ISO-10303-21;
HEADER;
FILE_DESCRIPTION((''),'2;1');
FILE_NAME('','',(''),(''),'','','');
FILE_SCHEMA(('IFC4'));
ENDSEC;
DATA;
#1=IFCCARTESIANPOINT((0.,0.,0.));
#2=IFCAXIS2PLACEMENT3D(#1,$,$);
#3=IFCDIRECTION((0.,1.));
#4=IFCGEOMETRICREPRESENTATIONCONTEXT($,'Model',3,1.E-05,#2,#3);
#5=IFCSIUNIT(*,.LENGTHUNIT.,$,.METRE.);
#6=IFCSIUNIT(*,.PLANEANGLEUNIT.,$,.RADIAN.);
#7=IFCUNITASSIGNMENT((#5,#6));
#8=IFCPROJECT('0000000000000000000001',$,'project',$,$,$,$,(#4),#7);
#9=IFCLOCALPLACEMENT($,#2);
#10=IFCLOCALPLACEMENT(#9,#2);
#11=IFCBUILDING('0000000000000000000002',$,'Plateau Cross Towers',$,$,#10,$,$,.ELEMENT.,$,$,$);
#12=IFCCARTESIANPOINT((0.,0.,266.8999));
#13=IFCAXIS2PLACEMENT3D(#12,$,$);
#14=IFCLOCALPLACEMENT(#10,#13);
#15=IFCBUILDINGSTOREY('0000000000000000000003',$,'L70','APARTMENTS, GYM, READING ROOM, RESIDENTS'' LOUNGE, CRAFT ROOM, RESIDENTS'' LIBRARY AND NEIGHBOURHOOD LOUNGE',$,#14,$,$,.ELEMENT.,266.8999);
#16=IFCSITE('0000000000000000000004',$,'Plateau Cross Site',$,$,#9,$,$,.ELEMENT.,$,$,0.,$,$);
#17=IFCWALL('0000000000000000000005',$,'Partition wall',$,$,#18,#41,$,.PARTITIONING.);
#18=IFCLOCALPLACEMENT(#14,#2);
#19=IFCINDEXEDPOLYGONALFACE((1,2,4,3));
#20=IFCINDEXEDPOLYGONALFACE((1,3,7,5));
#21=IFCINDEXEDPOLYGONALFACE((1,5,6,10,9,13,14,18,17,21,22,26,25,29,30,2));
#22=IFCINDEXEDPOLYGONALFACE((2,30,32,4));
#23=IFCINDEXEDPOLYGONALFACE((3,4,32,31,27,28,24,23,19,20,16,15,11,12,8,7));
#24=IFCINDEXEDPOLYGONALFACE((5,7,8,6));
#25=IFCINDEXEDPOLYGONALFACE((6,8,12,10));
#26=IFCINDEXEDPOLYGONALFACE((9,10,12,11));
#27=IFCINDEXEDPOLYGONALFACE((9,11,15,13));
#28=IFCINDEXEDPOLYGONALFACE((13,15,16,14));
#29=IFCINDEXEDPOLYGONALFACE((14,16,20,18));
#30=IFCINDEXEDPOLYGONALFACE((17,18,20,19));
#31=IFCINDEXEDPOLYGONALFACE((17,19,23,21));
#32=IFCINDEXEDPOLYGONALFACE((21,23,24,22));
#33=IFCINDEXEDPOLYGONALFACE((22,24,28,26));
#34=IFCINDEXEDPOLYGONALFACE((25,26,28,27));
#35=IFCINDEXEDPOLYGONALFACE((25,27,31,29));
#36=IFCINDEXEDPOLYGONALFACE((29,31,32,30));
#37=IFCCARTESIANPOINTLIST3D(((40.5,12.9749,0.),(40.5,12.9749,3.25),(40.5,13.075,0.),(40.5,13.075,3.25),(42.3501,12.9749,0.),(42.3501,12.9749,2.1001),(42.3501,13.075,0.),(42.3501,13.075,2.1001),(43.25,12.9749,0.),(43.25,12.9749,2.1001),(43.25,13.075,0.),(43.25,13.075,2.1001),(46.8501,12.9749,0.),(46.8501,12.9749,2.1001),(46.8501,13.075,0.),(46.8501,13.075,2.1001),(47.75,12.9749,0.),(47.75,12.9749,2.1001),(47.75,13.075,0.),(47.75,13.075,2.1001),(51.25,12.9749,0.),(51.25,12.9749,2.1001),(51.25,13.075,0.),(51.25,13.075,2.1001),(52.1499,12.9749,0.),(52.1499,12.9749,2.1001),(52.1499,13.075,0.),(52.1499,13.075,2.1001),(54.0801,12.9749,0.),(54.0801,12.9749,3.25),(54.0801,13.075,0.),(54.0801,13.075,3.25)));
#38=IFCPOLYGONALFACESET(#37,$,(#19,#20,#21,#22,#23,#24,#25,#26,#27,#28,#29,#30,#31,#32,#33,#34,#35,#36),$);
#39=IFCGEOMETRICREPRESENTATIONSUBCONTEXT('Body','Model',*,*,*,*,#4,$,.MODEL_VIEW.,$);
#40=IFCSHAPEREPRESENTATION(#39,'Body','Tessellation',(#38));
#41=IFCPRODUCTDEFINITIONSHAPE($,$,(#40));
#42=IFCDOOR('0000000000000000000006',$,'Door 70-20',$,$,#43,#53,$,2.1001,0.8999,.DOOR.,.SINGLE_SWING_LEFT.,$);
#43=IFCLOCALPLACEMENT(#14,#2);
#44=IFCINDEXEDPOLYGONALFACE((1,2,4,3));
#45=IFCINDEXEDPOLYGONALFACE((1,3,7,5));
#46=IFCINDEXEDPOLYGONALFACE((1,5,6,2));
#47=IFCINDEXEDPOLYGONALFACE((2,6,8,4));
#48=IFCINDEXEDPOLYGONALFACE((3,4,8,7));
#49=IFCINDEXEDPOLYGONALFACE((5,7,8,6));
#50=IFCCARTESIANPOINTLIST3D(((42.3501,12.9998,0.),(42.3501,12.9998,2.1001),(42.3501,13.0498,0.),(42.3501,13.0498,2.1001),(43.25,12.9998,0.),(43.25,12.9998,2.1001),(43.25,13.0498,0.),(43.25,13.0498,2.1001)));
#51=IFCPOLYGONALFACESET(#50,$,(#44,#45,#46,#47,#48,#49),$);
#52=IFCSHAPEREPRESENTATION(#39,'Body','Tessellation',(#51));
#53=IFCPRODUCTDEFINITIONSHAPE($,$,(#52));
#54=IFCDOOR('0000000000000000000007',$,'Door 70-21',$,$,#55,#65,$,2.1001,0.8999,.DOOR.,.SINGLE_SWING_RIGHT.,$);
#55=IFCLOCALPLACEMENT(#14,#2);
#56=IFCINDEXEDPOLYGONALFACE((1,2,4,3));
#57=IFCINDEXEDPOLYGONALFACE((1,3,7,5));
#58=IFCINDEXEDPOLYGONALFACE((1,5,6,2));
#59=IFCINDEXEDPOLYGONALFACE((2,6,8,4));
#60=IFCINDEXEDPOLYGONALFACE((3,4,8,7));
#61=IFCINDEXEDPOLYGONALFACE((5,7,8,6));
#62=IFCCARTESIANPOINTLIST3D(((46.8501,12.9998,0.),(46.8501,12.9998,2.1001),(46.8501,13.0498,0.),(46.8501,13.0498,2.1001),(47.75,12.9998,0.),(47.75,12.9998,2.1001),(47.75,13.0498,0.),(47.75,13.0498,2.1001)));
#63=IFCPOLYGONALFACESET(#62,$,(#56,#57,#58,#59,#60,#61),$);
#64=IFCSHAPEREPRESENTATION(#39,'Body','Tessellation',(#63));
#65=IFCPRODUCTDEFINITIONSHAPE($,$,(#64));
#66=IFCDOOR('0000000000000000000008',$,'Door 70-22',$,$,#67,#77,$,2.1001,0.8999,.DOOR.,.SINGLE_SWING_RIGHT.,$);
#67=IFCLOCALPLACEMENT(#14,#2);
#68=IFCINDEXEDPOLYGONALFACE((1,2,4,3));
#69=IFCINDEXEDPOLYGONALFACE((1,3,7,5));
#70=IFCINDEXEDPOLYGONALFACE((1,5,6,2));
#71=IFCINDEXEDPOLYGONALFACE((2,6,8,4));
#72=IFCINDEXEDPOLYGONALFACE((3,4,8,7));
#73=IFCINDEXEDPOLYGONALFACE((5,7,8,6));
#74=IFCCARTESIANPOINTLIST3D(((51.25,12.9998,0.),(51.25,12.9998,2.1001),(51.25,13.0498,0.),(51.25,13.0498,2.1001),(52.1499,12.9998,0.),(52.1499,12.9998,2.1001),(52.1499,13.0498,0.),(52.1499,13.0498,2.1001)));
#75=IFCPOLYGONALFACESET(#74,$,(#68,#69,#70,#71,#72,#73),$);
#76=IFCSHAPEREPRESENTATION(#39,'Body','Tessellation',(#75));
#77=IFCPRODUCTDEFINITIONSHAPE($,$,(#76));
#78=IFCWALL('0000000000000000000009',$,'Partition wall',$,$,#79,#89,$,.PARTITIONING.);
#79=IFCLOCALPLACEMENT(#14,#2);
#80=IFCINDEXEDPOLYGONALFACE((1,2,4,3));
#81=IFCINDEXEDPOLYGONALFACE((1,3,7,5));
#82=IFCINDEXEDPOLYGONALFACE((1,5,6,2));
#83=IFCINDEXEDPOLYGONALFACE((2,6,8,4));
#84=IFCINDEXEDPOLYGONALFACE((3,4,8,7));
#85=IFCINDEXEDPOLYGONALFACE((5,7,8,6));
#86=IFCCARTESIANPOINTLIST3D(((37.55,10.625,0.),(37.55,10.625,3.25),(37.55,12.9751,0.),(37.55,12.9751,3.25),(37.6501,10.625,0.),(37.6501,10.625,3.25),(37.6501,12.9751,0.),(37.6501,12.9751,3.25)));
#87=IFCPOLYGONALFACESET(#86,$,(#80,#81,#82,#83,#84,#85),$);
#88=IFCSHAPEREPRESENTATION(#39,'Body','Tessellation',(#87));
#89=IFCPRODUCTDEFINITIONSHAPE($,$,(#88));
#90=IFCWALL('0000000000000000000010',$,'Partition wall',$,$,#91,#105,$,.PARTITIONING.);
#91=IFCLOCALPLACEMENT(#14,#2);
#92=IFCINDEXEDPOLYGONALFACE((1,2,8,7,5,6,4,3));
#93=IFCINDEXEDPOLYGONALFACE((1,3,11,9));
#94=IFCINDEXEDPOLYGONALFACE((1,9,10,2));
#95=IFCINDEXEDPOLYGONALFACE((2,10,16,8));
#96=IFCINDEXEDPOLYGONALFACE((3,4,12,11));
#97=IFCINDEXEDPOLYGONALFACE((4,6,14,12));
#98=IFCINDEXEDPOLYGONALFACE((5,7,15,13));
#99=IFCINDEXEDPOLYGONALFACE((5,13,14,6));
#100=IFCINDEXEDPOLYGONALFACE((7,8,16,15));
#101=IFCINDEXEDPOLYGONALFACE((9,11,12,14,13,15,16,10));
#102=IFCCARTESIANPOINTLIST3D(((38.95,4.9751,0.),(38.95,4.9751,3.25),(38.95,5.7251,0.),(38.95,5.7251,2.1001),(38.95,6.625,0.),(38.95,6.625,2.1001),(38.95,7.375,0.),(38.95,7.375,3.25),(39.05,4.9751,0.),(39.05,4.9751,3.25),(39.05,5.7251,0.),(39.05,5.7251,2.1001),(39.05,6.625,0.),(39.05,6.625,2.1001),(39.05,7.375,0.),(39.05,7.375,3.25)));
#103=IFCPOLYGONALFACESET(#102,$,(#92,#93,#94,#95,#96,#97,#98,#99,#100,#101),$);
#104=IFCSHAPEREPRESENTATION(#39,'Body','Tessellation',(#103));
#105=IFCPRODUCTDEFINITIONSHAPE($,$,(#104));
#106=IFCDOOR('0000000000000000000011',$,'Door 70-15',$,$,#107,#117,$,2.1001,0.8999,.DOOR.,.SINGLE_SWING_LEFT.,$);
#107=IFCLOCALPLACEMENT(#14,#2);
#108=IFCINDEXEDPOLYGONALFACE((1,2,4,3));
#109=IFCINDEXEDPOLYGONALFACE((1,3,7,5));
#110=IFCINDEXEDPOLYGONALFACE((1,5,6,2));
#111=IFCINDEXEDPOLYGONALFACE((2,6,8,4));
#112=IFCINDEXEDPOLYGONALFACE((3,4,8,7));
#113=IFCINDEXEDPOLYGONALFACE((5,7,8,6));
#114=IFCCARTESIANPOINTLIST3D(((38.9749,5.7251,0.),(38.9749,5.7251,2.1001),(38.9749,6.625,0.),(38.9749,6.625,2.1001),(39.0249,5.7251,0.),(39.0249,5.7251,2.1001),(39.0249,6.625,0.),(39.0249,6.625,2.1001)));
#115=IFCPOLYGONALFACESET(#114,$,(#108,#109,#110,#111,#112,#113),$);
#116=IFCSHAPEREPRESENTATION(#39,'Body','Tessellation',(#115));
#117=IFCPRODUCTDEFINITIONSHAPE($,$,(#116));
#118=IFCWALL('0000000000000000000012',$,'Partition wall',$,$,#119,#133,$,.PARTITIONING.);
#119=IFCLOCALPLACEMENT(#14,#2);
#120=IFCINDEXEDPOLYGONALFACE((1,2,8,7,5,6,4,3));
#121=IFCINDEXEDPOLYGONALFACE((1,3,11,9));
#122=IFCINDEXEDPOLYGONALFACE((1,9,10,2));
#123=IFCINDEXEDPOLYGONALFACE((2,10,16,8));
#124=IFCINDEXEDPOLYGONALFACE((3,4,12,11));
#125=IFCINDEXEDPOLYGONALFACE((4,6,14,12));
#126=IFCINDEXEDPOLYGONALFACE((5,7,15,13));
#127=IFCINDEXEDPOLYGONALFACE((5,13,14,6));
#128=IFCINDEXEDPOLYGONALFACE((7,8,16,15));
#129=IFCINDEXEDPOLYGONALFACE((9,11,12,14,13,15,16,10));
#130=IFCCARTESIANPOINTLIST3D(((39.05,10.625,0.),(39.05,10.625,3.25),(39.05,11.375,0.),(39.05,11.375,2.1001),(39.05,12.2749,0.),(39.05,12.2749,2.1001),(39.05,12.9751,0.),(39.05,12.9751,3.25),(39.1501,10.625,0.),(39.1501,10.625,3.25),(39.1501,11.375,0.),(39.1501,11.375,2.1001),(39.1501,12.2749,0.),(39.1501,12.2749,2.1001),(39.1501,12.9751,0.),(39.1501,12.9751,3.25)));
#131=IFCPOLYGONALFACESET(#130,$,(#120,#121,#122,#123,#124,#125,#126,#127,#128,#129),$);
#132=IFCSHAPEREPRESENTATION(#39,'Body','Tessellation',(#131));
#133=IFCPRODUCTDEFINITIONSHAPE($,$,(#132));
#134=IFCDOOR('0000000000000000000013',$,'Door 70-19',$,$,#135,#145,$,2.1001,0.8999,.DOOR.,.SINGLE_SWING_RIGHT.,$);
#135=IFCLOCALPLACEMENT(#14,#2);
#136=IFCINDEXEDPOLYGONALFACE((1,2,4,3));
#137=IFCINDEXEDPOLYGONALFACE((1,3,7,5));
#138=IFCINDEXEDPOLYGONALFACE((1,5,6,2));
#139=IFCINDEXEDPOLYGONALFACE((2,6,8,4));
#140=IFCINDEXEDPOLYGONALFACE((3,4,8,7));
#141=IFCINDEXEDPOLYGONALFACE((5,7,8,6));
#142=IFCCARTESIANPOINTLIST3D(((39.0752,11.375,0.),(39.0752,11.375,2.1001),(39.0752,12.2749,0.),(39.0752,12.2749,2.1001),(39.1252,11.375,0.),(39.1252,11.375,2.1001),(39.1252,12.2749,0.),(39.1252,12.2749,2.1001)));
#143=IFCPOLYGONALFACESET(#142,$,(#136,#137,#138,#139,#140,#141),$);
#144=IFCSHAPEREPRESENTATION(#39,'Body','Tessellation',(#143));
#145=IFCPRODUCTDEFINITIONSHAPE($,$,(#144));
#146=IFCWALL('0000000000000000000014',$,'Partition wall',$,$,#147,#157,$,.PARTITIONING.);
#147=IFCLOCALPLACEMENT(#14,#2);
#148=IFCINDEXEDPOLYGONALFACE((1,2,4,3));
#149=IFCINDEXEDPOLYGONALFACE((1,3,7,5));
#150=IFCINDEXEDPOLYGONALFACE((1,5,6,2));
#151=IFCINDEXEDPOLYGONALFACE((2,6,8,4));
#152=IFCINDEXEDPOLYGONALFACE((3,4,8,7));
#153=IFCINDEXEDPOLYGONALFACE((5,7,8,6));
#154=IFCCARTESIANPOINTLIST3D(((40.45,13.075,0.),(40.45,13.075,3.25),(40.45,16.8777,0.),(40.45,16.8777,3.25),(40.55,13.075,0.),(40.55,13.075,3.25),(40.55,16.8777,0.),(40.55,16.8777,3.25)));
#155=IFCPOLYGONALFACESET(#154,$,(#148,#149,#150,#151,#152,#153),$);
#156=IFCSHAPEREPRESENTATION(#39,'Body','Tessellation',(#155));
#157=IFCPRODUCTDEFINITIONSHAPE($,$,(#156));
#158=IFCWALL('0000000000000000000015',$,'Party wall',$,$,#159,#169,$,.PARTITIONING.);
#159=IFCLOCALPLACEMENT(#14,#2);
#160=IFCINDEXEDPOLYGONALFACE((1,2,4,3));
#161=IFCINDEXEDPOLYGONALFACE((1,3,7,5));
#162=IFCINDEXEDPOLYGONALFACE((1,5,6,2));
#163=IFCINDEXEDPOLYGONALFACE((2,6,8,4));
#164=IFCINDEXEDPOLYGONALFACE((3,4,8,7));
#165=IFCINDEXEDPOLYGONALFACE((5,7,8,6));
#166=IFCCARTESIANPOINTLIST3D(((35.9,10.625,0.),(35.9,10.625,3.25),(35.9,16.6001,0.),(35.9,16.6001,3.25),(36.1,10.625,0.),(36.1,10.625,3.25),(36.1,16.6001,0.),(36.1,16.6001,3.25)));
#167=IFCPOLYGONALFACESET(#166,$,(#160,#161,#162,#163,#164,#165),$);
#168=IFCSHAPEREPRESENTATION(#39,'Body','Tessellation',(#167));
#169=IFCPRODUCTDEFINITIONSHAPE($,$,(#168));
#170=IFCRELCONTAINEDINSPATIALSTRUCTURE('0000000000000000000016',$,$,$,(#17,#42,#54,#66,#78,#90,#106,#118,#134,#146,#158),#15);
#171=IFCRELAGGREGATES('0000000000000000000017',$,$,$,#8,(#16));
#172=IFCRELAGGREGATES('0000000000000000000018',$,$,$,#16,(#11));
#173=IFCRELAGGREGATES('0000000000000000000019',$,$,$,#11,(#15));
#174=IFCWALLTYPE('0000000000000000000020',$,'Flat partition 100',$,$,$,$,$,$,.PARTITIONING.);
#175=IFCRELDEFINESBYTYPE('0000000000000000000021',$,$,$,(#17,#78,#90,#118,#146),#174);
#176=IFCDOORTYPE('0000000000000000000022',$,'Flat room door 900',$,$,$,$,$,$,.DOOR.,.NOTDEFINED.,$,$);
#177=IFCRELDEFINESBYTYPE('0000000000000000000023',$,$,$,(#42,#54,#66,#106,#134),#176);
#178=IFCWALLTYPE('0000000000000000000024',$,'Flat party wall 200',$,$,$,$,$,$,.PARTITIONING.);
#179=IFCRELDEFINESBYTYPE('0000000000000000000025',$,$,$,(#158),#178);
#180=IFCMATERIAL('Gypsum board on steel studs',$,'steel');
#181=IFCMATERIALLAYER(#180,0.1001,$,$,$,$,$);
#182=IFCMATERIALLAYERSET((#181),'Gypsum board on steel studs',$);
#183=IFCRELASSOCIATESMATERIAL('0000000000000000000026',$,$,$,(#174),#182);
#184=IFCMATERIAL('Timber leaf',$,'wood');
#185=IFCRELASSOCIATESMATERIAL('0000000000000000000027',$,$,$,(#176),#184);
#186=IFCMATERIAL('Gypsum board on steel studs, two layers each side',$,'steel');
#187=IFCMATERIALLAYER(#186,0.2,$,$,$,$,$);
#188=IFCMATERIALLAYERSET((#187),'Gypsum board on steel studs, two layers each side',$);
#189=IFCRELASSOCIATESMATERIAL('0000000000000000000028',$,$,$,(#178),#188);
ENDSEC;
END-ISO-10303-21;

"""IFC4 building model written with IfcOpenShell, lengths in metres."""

from ifc_helpers import new_model, si_unit, direction, frame, frame_2d, origin, place, context, subcontext, project, spatial, rectangle, extrude, material, layer, layer_set, type_object, element, fill, save


model = new_model("IFC4")

# Units and contexts
model_context = context("Model", 3, precision=1e-05, world=origin(), true_north=direction((0.0, 1.0)))
body_context = subcontext(model_context, "Body", "Model", "MODEL_VIEW")
ifc_project = project(units=[si_unit("LENGTHUNIT", "METRE"), si_unit("PLANEANGLEUNIT", "RADIAN")], contexts=[model_context])

# Site, building, storey
site_placement = place(None, origin())
site = spatial("IfcSite", under=ifc_project, at=site_placement, Name="Plateau Cross Site", CompositionType="ELEMENT", RefElevation=0.0)
building_placement = place(site_placement, origin())
building = spatial("IfcBuilding", under=site, at=building_placement, Name="Plateau Cross Towers", CompositionType="ELEMENT")
storey_placement = place(building_placement, frame((0.0, 0.0, 266.8999)))
storey = spatial("IfcBuildingStorey", under=building, at=storey_placement, Name="L70", Description="APARTMENTS, GYM, READING ROOM, RESIDENTS' LOUNGE, CRAFT ROOM, RESIDENTS' LIBRARY AND NEIGHBOURHOOD LOUNGE", CompositionType="ELEMENT", Elevation=266.8999)

# Shared definitions
ifc_material_1 = material(Name="Gypsum board on steel studs", Category="steel")
ifc_layer_1 = layer(ifc_material_1, 0.1001)
ifc_layer_set_1 = layer_set([ifc_layer_1], Name="Gypsum board on steel studs")
wall_type_1 = type_object("IfcWallType", Name="Flat partition 100", PredefinedType="PARTITIONING", material=ifc_layer_set_1)
ifc_material_2 = material(Name="Timber leaf", Category="wood")
door_type_1 = type_object("IfcDoorType", Name="Flat room door 900", OperationType="NOTDEFINED", PredefinedType="DOOR", material=ifc_material_2)

# Wall, openings, doors
wall_1_placement = place(storey_placement, frame((40.5, 13.0249, 0.0), z_axis=(0.0, 0.0, 1.0), x_axis=(1.0, 0.0, 0.0)))
wall_1 = element("IfcWall", 1, at=wall_1_placement, inside=storey, type_object=wall_type_1, Name="Partition wall", PredefinedType="PARTITIONING", context=body_context, shape_type="SweptSolid", body=[
    extrude(rectangle(XDim=13.5801, YDim=0.1001, at=frame_2d((6.79, 0.0))), origin(), (0.0, 0.0, 1.0), 3.25),
])
opening_1_placement = place(wall_1_placement, frame((1.8501, 0.0, 0.0)))
opening_1 = element("IfcOpeningElement", 2, at=opening_1_placement, cuts=wall_1, PredefinedType="OPENING", context=body_context, shape_type="SweptSolid", body=[
    extrude(rectangle(XDim=0.8999, YDim=2.1001, at=frame_2d((0.45, 1.05))), frame((0.0, 0.0601, 0.0), z_axis=(0.0, -1.0, 0.0), x_axis=(1.0, 0.0, 0.0)), (0.0, 0.0, 1.0), 0.1201),
])
opening_2_placement = place(wall_1_placement, frame((6.3501, 0.0, 0.0)))
opening_2 = element("IfcOpeningElement", 3, at=opening_2_placement, cuts=wall_1, PredefinedType="OPENING", context=body_context, shape_type="SweptSolid", body=[
    extrude(rectangle(XDim=0.8999, YDim=2.1001, at=frame_2d((0.45, 1.05))), frame((0.0, 0.0601, 0.0), z_axis=(0.0, -1.0, 0.0), x_axis=(1.0, 0.0, 0.0)), (0.0, 0.0, 1.0), 0.1201),
])
opening_3_placement = place(wall_1_placement, frame((10.75, 0.0, 0.0)))
opening_3 = element("IfcOpeningElement", 4, at=opening_3_placement, cuts=wall_1, PredefinedType="OPENING", context=body_context, shape_type="SweptSolid", body=[
    extrude(rectangle(XDim=0.8999, YDim=2.1001, at=frame_2d((0.45, 1.05))), frame((0.0, 0.0601, 0.0), z_axis=(0.0, -1.0, 0.0), x_axis=(1.0, 0.0, 0.0)), (0.0, 0.0, 1.0), 0.1201),
])
door_1_placement = place(opening_1_placement, origin())
door_1 = element("IfcDoor", 5, at=door_1_placement, inside=storey, type_object=door_type_1, Name="Door 70-20", OperationType="SINGLE_SWING_LEFT", OverallHeight=2.1001, OverallWidth=0.8999, PredefinedType="DOOR", context=body_context, shape_type="SweptSolid", body=[
    extrude(rectangle(XDim=0.8999, YDim=2.1001, at=frame_2d((0.45, 1.05))), frame((0.0, 0.0249, 0.0), z_axis=(0.0, -1.0, 0.0), x_axis=(1.0, 0.0, 0.0)), (0.0, 0.0, 1.0), 0.05),
])
fill(opening_1, door_1)
door_2_placement = place(opening_2_placement, origin())
door_2 = element("IfcDoor", 6, at=door_2_placement, inside=storey, type_object=door_type_1, Name="Door 70-21", OperationType="SINGLE_SWING_RIGHT", OverallHeight=2.1001, OverallWidth=0.8999, PredefinedType="DOOR", context=body_context, shape_type="SweptSolid", body=[
    extrude(rectangle(XDim=0.8999, YDim=2.1001, at=frame_2d((0.45, 1.05))), frame((0.0, 0.0249, 0.0), z_axis=(0.0, -1.0, 0.0), x_axis=(1.0, 0.0, 0.0)), (0.0, 0.0, 1.0), 0.05),
])
fill(opening_2, door_2)
door_3_placement = place(opening_3_placement, origin())
door_3 = element("IfcDoor", 7, at=door_3_placement, inside=storey, type_object=door_type_1, Name="Door 70-22", OperationType="SINGLE_SWING_RIGHT", OverallHeight=2.1001, OverallWidth=0.8999, PredefinedType="DOOR", context=body_context, shape_type="SweptSolid", body=[
    extrude(rectangle(XDim=0.8999, YDim=2.1001, at=frame_2d((0.45, 1.05))), frame((0.0, 0.0249, 0.0), z_axis=(0.0, -1.0, 0.0), x_axis=(1.0, 0.0, 0.0)), (0.0, 0.0, 1.0), 0.05),
])
fill(opening_3, door_3)

# Wall
wall_2_placement = place(storey_placement, frame((37.6001, 10.625, 0.0), z_axis=(0.0, 0.0, 1.0), x_axis=(0.0, 1.0, 0.0)))
element("IfcWall", 8, at=wall_2_placement, inside=storey, type_object=wall_type_1, Name="Partition wall", PredefinedType="PARTITIONING", context=body_context, shape_type="SweptSolid", body=[
    extrude(rectangle(XDim=2.3501, YDim=0.1001, at=frame_2d((1.175, 0.0))), origin(), (0.0, 0.0, 1.0), 3.25),
])

# Walls, openings, doors
wall_3_placement = place(storey_placement, frame((39.0, 7.375, 0.0), z_axis=(0.0, 0.0, 1.0), x_axis=(0.0, -1.0, 0.0)))
wall_3 = element("IfcWall", 9, at=wall_3_placement, inside=storey, type_object=wall_type_1, Name="Partition wall", PredefinedType="PARTITIONING", context=body_context, shape_type="SweptSolid", body=[
    extrude(rectangle(XDim=2.3999, YDim=0.1001, at=frame_2d((1.2, 0.0))), origin(), (0.0, 0.0, 1.0), 3.25),
])
opening_4_placement = place(wall_3_placement, frame((0.75, 0.0, 0.0)))
opening_4 = element("IfcOpeningElement", 10, at=opening_4_placement, cuts=wall_3, PredefinedType="OPENING", context=body_context, shape_type="SweptSolid", body=[
    extrude(rectangle(XDim=0.8999, YDim=2.1001, at=frame_2d((0.45, 1.05))), frame((0.0, 0.0601, 0.0), z_axis=(0.0, -1.0, 0.0), x_axis=(1.0, 0.0, 0.0)), (0.0, 0.0, 1.0), 0.1201),
])
door_4_placement = place(opening_4_placement, origin())
door_4 = element("IfcDoor", 11, at=door_4_placement, inside=storey, type_object=door_type_1, Name="Door 70-15", OperationType="SINGLE_SWING_LEFT", OverallHeight=2.1001, OverallWidth=0.8999, PredefinedType="DOOR", context=body_context, shape_type="SweptSolid", body=[
    extrude(rectangle(XDim=0.8999, YDim=2.1001, at=frame_2d((0.45, 1.05))), frame((0.0, 0.0249, 0.0), z_axis=(0.0, -1.0, 0.0), x_axis=(1.0, 0.0, 0.0)), (0.0, 0.0, 1.0), 0.05),
])
fill(opening_4, door_4)
wall_4_placement = place(storey_placement, frame((39.1001, 10.625, 0.0), z_axis=(0.0, 0.0, 1.0), x_axis=(0.0, 1.0, 0.0)))
wall_4 = element("IfcWall", 12, at=wall_4_placement, inside=storey, type_object=wall_type_1, Name="Partition wall", PredefinedType="PARTITIONING", context=body_context, shape_type="SweptSolid", body=[
    extrude(rectangle(XDim=2.3501, YDim=0.1001, at=frame_2d((1.175, 0.0))), origin(), (0.0, 0.0, 1.0), 3.25),
])
opening_5_placement = place(wall_4_placement, frame((0.75, 0.0, 0.0)))
opening_5 = element("IfcOpeningElement", 13, at=opening_5_placement, cuts=wall_4, PredefinedType="OPENING", context=body_context, shape_type="SweptSolid", body=[
    extrude(rectangle(XDim=0.8999, YDim=2.1001, at=frame_2d((0.45, 1.05))), frame((0.0, 0.0601, 0.0), z_axis=(0.0, -1.0, 0.0), x_axis=(1.0, 0.0, 0.0)), (0.0, 0.0, 1.0), 0.1201),
])
door_5_placement = place(opening_5_placement, origin())
door_5 = element("IfcDoor", 14, at=door_5_placement, inside=storey, type_object=door_type_1, Name="Door 70-19", OperationType="SINGLE_SWING_RIGHT", OverallHeight=2.1001, OverallWidth=0.8999, PredefinedType="DOOR", context=body_context, shape_type="SweptSolid", body=[
    extrude(rectangle(XDim=0.8999, YDim=2.1001, at=frame_2d((0.45, 1.05))), frame((0.0, 0.0249, 0.0), z_axis=(0.0, -1.0, 0.0), x_axis=(1.0, 0.0, 0.0)), (0.0, 0.0, 1.0), 0.05),
])
fill(opening_5, door_5)

# Walls
wall_5_placement = place(storey_placement, frame((40.5, 16.8777, 0.0), z_axis=(0.0, 0.0, 1.0), x_axis=(0.0, -1.0, 0.0)))
element("IfcWall", 15, at=wall_5_placement, inside=storey, type_object=wall_type_1, Name="Partition wall", PredefinedType="PARTITIONING", context=body_context, shape_type="SweptSolid", body=[
    extrude(rectangle(XDim=3.8027, YDim=0.1001, at=frame_2d((1.9014, 0.0))), origin(), (0.0, 0.0, 1.0), 3.25),
])
ifc_material_3 = material(Name="Gypsum board on steel studs, two layers each side", Category="steel")
ifc_layer_2 = layer(ifc_material_3, 0.2)
ifc_layer_set_2 = layer_set([ifc_layer_2], Name="Gypsum board on steel studs, two layers each side")
wall_type_2 = type_object("IfcWallType", Name="Flat party wall 200", PredefinedType="PARTITIONING", material=ifc_layer_set_2)
wall_6_placement = place(storey_placement, frame((36.0, 10.625, 0.0), z_axis=(0.0, 0.0, 1.0), x_axis=(0.0, 1.0, 0.0)))
element("IfcWall", 16, at=wall_6_placement, inside=storey, type_object=wall_type_2, Name="Party wall", PredefinedType="PARTITIONING", context=body_context, shape_type="SweptSolid", body=[
    extrude(rectangle(XDim=5.9751, YDim=0.2, at=frame_2d((2.9875, 0.0))), origin(), (0.0, 0.0, 1.0), 3.25),
])

save(model, "model.ifc")
